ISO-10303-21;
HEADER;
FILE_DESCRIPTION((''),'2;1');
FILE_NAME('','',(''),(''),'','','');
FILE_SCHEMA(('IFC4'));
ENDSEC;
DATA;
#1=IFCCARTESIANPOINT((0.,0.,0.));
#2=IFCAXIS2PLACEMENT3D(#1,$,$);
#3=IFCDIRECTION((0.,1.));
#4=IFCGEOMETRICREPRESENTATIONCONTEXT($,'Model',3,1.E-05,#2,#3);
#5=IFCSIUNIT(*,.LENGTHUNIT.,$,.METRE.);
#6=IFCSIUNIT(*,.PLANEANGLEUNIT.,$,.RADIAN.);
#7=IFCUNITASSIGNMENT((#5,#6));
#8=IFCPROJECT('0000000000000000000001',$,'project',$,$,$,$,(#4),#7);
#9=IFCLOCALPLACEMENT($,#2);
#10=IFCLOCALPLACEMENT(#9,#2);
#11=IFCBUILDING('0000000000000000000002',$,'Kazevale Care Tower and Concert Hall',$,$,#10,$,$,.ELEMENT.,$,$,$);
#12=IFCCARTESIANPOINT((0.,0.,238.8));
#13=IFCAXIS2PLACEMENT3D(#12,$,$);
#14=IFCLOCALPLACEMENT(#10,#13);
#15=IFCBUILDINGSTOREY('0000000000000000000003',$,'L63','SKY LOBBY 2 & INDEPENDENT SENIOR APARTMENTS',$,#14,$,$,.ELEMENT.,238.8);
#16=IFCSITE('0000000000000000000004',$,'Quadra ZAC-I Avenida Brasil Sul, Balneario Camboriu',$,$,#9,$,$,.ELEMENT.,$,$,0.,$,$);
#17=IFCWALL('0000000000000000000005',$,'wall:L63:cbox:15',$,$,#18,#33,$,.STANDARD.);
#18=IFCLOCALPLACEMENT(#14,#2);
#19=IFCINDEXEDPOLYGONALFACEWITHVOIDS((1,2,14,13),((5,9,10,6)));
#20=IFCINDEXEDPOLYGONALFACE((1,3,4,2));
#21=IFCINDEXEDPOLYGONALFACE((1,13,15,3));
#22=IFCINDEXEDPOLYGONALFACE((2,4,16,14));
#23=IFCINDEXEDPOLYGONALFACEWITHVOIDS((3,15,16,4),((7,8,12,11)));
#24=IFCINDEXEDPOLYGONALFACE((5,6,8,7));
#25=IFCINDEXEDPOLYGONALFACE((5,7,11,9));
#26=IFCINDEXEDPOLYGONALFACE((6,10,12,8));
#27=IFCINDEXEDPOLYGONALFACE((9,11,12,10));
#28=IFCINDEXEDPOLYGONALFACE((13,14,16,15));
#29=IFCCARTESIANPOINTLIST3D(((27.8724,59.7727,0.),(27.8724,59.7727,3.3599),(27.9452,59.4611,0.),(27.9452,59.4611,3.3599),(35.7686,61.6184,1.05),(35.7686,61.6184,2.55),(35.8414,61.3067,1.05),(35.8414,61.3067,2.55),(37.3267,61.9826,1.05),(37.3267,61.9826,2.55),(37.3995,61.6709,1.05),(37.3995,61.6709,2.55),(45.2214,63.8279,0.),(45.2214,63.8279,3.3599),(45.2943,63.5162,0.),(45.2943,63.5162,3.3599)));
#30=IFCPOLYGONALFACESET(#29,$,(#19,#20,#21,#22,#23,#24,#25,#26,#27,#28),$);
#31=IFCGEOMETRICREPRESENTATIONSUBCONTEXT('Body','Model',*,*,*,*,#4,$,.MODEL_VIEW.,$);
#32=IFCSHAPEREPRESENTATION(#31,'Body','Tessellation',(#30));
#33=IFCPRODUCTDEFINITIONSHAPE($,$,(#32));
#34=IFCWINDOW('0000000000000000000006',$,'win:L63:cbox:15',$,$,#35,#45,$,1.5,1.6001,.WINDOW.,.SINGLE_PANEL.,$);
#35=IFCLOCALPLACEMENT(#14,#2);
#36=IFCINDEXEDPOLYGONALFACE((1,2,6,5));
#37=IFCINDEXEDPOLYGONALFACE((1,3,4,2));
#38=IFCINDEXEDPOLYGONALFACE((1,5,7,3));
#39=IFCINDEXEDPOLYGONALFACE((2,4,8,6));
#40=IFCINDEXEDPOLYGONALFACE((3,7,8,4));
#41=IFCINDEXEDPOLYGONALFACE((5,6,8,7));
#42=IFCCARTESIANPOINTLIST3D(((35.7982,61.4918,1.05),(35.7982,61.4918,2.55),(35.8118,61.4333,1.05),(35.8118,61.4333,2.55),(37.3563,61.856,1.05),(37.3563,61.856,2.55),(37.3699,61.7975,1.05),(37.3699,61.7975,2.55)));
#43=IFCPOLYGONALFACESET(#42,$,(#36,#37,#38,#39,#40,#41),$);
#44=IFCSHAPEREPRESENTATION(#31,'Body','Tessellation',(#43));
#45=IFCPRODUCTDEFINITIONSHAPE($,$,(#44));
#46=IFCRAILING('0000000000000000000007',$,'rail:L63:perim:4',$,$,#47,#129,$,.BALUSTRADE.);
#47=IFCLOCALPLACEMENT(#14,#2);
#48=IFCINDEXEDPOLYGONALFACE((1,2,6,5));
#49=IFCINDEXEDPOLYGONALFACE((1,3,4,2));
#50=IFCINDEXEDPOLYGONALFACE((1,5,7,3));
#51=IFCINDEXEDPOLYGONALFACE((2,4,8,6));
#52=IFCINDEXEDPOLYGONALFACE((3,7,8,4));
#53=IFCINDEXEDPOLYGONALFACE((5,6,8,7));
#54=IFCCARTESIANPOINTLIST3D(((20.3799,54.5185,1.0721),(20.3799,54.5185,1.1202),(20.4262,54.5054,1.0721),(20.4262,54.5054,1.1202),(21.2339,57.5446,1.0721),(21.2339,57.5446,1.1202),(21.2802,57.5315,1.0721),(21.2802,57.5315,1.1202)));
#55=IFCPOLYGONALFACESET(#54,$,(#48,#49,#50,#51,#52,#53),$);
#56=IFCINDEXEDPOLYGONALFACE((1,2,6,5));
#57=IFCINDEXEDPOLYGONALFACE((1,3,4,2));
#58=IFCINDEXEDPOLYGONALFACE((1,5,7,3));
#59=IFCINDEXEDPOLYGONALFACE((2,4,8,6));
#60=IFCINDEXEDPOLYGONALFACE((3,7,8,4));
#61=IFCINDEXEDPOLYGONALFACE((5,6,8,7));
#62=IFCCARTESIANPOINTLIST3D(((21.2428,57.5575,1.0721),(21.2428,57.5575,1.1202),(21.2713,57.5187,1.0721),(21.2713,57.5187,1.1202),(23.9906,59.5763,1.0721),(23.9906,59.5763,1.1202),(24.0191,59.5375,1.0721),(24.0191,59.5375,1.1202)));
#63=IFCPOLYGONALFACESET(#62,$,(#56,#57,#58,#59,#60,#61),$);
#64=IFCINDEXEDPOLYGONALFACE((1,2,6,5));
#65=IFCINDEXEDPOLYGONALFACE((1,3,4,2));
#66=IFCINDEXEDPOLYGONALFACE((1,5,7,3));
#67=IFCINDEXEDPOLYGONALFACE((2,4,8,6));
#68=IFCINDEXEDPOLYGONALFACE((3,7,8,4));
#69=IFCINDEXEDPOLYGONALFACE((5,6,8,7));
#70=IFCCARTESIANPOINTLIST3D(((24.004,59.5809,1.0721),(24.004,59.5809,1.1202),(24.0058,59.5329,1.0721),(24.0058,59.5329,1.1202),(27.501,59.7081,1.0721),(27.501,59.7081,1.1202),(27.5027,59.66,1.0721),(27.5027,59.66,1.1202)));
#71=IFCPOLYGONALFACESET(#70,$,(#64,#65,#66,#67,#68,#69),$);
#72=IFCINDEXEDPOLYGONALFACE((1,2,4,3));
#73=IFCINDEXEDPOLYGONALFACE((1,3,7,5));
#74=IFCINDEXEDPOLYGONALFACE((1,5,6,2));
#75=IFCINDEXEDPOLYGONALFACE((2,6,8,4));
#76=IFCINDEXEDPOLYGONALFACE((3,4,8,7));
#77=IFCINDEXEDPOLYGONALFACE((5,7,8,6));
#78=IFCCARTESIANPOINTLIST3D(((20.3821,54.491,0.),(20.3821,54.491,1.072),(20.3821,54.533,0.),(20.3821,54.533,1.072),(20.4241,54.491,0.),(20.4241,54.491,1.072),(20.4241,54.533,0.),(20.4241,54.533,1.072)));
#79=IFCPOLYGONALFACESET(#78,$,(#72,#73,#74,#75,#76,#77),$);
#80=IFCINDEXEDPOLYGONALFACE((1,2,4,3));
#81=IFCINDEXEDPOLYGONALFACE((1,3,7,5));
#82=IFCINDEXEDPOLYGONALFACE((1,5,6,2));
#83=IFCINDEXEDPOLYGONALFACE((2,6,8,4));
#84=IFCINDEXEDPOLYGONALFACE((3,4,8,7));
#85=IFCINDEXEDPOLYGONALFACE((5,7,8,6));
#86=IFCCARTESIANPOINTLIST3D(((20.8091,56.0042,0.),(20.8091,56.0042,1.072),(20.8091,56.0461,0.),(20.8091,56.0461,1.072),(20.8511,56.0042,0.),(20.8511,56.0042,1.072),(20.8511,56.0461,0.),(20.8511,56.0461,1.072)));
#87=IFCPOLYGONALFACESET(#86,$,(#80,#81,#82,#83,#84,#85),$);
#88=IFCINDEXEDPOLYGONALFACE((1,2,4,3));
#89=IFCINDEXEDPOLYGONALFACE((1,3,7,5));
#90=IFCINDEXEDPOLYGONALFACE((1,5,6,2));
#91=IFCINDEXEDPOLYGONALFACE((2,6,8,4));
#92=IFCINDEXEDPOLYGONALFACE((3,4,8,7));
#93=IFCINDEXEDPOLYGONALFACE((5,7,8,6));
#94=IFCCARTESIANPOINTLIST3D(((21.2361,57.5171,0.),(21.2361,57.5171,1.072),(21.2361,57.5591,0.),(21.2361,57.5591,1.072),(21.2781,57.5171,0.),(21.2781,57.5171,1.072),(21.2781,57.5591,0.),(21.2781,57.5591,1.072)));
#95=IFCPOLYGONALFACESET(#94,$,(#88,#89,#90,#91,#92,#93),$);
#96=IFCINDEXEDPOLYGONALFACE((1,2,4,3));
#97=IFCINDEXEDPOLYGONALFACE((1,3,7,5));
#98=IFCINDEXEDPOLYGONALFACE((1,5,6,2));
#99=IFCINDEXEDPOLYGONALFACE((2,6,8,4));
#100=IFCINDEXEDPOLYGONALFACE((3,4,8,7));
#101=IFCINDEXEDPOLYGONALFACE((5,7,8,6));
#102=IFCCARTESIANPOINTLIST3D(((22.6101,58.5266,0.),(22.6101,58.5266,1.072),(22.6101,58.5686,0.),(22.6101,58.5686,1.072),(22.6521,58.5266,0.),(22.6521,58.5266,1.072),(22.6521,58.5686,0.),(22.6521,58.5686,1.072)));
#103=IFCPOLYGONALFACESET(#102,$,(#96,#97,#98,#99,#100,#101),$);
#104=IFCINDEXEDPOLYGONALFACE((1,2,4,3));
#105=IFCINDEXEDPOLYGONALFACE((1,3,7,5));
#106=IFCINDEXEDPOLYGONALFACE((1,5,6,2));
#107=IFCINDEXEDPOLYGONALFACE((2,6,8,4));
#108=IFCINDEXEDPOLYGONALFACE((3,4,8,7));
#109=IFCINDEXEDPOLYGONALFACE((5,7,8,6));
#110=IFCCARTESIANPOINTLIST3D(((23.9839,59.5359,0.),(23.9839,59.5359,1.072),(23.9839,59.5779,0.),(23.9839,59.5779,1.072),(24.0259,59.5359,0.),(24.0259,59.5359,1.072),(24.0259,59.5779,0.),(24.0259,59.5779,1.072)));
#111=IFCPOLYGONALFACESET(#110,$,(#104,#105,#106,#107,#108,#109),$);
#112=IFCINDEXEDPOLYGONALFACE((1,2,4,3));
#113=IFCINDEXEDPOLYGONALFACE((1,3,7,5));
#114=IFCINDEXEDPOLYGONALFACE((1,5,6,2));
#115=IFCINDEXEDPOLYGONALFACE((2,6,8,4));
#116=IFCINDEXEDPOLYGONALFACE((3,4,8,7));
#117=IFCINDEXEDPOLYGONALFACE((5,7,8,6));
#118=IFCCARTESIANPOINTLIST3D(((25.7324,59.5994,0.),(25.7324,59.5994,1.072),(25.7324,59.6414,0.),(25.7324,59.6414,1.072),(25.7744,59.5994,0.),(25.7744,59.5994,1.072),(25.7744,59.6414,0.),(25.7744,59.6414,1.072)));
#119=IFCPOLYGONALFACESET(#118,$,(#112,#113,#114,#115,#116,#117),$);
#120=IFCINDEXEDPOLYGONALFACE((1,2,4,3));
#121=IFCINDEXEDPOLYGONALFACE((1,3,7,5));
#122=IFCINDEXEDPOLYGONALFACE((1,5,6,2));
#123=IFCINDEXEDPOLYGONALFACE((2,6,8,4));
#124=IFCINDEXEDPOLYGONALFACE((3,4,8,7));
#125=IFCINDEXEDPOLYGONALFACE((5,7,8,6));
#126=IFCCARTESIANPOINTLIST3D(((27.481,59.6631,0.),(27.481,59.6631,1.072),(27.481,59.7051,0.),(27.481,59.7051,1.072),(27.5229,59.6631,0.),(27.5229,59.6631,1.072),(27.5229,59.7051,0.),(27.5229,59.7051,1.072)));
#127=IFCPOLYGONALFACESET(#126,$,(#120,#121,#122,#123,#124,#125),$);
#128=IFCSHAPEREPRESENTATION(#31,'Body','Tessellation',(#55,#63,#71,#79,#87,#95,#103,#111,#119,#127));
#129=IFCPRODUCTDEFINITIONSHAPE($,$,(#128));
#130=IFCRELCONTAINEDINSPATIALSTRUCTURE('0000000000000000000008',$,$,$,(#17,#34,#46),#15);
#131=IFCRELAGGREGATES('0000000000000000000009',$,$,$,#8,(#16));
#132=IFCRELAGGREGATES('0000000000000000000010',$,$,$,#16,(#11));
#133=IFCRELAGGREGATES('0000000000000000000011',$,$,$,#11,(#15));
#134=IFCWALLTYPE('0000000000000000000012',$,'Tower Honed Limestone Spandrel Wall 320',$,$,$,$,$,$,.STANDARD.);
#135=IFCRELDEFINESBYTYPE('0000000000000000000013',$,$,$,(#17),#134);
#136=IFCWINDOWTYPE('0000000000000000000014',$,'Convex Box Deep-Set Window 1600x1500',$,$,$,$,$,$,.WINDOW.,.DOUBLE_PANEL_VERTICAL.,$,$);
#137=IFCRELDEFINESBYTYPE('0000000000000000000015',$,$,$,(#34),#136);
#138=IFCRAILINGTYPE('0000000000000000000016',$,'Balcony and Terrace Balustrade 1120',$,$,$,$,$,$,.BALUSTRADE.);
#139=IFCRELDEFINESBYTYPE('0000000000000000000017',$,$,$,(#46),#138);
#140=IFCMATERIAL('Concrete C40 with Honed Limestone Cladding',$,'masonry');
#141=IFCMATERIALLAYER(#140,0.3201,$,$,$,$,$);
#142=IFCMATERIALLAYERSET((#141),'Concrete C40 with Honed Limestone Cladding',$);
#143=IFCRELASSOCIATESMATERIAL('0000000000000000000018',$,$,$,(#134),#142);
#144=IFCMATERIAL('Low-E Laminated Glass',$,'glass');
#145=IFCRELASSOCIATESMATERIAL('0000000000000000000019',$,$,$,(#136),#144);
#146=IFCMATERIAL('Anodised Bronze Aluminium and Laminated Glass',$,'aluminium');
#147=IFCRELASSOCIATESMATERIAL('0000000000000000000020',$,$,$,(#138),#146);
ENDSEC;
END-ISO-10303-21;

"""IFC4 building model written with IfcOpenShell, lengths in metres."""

from ifc_helpers import new_model, si_unit, direction, frame, frame_2d, origin, origin_2d, place, context, subcontext, project, spatial, rectangle, extrude, material, layer, layer_set, type_object, element, fill, save


model = new_model("IFC4")

# Units and contexts
model_context = context("Model", 3, precision=1e-05, world=origin(), true_north=direction((0.0, 1.0)))
body_context = subcontext(model_context, "Body", "Model", "MODEL_VIEW")
ifc_project = project(units=[si_unit("LENGTHUNIT", "METRE"), si_unit("PLANEANGLEUNIT", "RADIAN")], contexts=[model_context])

# Site, building, storey
site_placement = place(None, origin())
site = spatial("IfcSite", under=ifc_project, at=site_placement, Name="Quadra ZAC-I Avenida Brasil Sul, Balneario Camboriu", CompositionType="ELEMENT", RefElevation=0.0)
building_placement = place(site_placement, origin())
building = spatial("IfcBuilding", under=site, at=building_placement, Name="Kazevale Care Tower and Concert Hall", CompositionType="ELEMENT")
storey_placement = place(building_placement, frame((0.0, 0.0, 238.8)))
storey = spatial("IfcBuildingStorey", under=building, at=storey_placement, Name="L63", Description="SKY LOBBY 2 & INDEPENDENT SENIOR APARTMENTS", CompositionType="ELEMENT", Elevation=238.8)

# Shared definitions
ifc_material_1 = material(Name="Low-E Laminated Glass", Category="glass")

# Wall, opening, window
ifc_material_2 = material(Name="Concrete C40 with Honed Limestone Cladding", Category="masonry")
ifc_layer_1 = layer(ifc_material_2, 0.3201)
ifc_layer_set_1 = layer_set([ifc_layer_1], Name="Concrete C40 with Honed Limestone Cladding")
wall_type_1 = type_object("IfcWallType", Name="Tower Honed Limestone Spandrel Wall 320", PredefinedType="STANDARD", material=ifc_layer_set_1)
wall_1_placement = place(storey_placement, frame((27.9089, 59.6169, 0.0), z_axis=(0.0, 0.0, 1.0), x_axis=(0.973754, 0.227605, 0.0)))
wall_1 = element("IfcWall", 1, at=wall_1_placement, inside=storey, type_object=wall_type_1, Name="wall:L63:cbox:15", PredefinedType="STANDARD", context=body_context, shape_type="SweptSolid", body=[
    extrude(rectangle(XDim=17.8167, YDim=0.3201, at=frame_2d((8.9082, 0.0))), origin(), (0.0, 0.0, 1.0), 3.3599),
])
opening_1_placement = place(wall_1_placement, frame((8.1089, 0.0, 1.05)))
opening_1 = element("IfcOpeningElement", 2, at=opening_1_placement, cuts=wall_1, PredefinedType="OPENING", context=body_context, shape_type="SweptSolid", body=[
    extrude(rectangle(XDim=1.6001, YDim=1.5, at=frame_2d((0.8, 0.75))), frame((0.0, 0.1699, 0.0), z_axis=(0.0, -1.0, 0.0), x_axis=(1.0, 0.0, 0.0)), (0.0, 0.0, 1.0), 0.3401),
])
window_type = type_object("IfcWindowType", Name="Convex Box Deep-Set Window 1600x1500", PartitioningType="DOUBLE_PANEL_VERTICAL", PredefinedType="WINDOW", material=ifc_material_1)
window_placement = place(opening_1_placement, origin())
window = element("IfcWindow", 3, at=window_placement, inside=storey, type_object=window_type, Name="win:L63:cbox:15", OverallHeight=1.5, OverallWidth=1.6001, PartitioningType="SINGLE_PANEL", PredefinedType="WINDOW", context=body_context, shape_type="SweptSolid", body=[
    extrude(rectangle(XDim=1.6001, YDim=1.5, at=frame_2d((0.8, 0.75))), frame((0.0, 0.03, 0.0), z_axis=(0.0, -1.0, 0.0), x_axis=(1.0, 0.0, 0.0)), (0.0, 0.0, 1.0), 0.0601),
])
fill(opening_1, window)

# Railing
ifc_material_3 = material(Name="Anodised Bronze Aluminium and Laminated Glass", Category="aluminium")
railing_type = type_object("IfcRailingType", Name="Balcony and Terrace Balustrade 1120", PredefinedType="BALUSTRADE", material=ifc_material_3)
railing_1_placement = place(storey_placement, frame((20.4031, 54.512, 0.0)))
element("IfcRailing", 4, at=railing_1_placement, inside=storey, type_object=railing_type, Name="rail:L63:perim:4", PredefinedType="BALUSTRADE", context=body_context, shape_type="SweptSolid", body=[
    extrude(rectangle(XDim=0.0481, YDim=0.0481, at=origin_2d()), frame((0.0, 0.0, 1.0962), z_axis=(0.271602, 0.96241, 0.0), x_axis=(-0.96241, 0.271602, 0.0)), (0.0, 0.0, 1.0), 3.1443),
    extrude(rectangle(XDim=0.0481, YDim=0.0481, at=origin_2d()), frame((0.854, 3.0261, 1.0962), z_axis=(0.805881, 0.592077, 0.0), x_axis=(-0.592077, 0.805881, 0.0)), (0.0, 0.0, 1.0), 3.4097),
    extrude(rectangle(XDim=0.0481, YDim=0.0481, at=origin_2d()), frame((3.6018, 5.0449, 1.0962), z_axis=(0.999339, 0.036348, 0.0), x_axis=(-0.036348, 0.999339, 0.0)), (0.0, 0.0, 1.0), 3.4993),
    extrude(rectangle(XDim=0.042, YDim=0.042, at=origin_2d()), origin(), (0.0, 0.0, 1.0), 1.072),
    extrude(rectangle(XDim=0.042, YDim=0.042, at=origin_2d()), frame((0.427, 1.5132, 0.0)), (0.0, 0.0, 1.0), 1.072),
    extrude(rectangle(XDim=0.042, YDim=0.042, at=origin_2d()), frame((0.854, 3.0261, 0.0)), (0.0, 0.0, 1.0), 1.072),
    extrude(rectangle(XDim=0.042, YDim=0.042, at=origin_2d()), frame((2.228, 4.0356, 0.0)), (0.0, 0.0, 1.0), 1.072),
    extrude(rectangle(XDim=0.042, YDim=0.042, at=origin_2d()), frame((3.6018, 5.0449, 0.0)), (0.0, 0.0, 1.0), 1.072),
    extrude(rectangle(XDim=0.042, YDim=0.042, at=origin_2d()), frame((5.3503, 5.1084, 0.0)), (0.0, 0.0, 1.0), 1.072),
    extrude(rectangle(XDim=0.042, YDim=0.042, at=origin_2d()), frame((7.0989, 5.1721, 0.0)), (0.0, 0.0, 1.0), 1.072),
])

save(model, "model.ifc")
